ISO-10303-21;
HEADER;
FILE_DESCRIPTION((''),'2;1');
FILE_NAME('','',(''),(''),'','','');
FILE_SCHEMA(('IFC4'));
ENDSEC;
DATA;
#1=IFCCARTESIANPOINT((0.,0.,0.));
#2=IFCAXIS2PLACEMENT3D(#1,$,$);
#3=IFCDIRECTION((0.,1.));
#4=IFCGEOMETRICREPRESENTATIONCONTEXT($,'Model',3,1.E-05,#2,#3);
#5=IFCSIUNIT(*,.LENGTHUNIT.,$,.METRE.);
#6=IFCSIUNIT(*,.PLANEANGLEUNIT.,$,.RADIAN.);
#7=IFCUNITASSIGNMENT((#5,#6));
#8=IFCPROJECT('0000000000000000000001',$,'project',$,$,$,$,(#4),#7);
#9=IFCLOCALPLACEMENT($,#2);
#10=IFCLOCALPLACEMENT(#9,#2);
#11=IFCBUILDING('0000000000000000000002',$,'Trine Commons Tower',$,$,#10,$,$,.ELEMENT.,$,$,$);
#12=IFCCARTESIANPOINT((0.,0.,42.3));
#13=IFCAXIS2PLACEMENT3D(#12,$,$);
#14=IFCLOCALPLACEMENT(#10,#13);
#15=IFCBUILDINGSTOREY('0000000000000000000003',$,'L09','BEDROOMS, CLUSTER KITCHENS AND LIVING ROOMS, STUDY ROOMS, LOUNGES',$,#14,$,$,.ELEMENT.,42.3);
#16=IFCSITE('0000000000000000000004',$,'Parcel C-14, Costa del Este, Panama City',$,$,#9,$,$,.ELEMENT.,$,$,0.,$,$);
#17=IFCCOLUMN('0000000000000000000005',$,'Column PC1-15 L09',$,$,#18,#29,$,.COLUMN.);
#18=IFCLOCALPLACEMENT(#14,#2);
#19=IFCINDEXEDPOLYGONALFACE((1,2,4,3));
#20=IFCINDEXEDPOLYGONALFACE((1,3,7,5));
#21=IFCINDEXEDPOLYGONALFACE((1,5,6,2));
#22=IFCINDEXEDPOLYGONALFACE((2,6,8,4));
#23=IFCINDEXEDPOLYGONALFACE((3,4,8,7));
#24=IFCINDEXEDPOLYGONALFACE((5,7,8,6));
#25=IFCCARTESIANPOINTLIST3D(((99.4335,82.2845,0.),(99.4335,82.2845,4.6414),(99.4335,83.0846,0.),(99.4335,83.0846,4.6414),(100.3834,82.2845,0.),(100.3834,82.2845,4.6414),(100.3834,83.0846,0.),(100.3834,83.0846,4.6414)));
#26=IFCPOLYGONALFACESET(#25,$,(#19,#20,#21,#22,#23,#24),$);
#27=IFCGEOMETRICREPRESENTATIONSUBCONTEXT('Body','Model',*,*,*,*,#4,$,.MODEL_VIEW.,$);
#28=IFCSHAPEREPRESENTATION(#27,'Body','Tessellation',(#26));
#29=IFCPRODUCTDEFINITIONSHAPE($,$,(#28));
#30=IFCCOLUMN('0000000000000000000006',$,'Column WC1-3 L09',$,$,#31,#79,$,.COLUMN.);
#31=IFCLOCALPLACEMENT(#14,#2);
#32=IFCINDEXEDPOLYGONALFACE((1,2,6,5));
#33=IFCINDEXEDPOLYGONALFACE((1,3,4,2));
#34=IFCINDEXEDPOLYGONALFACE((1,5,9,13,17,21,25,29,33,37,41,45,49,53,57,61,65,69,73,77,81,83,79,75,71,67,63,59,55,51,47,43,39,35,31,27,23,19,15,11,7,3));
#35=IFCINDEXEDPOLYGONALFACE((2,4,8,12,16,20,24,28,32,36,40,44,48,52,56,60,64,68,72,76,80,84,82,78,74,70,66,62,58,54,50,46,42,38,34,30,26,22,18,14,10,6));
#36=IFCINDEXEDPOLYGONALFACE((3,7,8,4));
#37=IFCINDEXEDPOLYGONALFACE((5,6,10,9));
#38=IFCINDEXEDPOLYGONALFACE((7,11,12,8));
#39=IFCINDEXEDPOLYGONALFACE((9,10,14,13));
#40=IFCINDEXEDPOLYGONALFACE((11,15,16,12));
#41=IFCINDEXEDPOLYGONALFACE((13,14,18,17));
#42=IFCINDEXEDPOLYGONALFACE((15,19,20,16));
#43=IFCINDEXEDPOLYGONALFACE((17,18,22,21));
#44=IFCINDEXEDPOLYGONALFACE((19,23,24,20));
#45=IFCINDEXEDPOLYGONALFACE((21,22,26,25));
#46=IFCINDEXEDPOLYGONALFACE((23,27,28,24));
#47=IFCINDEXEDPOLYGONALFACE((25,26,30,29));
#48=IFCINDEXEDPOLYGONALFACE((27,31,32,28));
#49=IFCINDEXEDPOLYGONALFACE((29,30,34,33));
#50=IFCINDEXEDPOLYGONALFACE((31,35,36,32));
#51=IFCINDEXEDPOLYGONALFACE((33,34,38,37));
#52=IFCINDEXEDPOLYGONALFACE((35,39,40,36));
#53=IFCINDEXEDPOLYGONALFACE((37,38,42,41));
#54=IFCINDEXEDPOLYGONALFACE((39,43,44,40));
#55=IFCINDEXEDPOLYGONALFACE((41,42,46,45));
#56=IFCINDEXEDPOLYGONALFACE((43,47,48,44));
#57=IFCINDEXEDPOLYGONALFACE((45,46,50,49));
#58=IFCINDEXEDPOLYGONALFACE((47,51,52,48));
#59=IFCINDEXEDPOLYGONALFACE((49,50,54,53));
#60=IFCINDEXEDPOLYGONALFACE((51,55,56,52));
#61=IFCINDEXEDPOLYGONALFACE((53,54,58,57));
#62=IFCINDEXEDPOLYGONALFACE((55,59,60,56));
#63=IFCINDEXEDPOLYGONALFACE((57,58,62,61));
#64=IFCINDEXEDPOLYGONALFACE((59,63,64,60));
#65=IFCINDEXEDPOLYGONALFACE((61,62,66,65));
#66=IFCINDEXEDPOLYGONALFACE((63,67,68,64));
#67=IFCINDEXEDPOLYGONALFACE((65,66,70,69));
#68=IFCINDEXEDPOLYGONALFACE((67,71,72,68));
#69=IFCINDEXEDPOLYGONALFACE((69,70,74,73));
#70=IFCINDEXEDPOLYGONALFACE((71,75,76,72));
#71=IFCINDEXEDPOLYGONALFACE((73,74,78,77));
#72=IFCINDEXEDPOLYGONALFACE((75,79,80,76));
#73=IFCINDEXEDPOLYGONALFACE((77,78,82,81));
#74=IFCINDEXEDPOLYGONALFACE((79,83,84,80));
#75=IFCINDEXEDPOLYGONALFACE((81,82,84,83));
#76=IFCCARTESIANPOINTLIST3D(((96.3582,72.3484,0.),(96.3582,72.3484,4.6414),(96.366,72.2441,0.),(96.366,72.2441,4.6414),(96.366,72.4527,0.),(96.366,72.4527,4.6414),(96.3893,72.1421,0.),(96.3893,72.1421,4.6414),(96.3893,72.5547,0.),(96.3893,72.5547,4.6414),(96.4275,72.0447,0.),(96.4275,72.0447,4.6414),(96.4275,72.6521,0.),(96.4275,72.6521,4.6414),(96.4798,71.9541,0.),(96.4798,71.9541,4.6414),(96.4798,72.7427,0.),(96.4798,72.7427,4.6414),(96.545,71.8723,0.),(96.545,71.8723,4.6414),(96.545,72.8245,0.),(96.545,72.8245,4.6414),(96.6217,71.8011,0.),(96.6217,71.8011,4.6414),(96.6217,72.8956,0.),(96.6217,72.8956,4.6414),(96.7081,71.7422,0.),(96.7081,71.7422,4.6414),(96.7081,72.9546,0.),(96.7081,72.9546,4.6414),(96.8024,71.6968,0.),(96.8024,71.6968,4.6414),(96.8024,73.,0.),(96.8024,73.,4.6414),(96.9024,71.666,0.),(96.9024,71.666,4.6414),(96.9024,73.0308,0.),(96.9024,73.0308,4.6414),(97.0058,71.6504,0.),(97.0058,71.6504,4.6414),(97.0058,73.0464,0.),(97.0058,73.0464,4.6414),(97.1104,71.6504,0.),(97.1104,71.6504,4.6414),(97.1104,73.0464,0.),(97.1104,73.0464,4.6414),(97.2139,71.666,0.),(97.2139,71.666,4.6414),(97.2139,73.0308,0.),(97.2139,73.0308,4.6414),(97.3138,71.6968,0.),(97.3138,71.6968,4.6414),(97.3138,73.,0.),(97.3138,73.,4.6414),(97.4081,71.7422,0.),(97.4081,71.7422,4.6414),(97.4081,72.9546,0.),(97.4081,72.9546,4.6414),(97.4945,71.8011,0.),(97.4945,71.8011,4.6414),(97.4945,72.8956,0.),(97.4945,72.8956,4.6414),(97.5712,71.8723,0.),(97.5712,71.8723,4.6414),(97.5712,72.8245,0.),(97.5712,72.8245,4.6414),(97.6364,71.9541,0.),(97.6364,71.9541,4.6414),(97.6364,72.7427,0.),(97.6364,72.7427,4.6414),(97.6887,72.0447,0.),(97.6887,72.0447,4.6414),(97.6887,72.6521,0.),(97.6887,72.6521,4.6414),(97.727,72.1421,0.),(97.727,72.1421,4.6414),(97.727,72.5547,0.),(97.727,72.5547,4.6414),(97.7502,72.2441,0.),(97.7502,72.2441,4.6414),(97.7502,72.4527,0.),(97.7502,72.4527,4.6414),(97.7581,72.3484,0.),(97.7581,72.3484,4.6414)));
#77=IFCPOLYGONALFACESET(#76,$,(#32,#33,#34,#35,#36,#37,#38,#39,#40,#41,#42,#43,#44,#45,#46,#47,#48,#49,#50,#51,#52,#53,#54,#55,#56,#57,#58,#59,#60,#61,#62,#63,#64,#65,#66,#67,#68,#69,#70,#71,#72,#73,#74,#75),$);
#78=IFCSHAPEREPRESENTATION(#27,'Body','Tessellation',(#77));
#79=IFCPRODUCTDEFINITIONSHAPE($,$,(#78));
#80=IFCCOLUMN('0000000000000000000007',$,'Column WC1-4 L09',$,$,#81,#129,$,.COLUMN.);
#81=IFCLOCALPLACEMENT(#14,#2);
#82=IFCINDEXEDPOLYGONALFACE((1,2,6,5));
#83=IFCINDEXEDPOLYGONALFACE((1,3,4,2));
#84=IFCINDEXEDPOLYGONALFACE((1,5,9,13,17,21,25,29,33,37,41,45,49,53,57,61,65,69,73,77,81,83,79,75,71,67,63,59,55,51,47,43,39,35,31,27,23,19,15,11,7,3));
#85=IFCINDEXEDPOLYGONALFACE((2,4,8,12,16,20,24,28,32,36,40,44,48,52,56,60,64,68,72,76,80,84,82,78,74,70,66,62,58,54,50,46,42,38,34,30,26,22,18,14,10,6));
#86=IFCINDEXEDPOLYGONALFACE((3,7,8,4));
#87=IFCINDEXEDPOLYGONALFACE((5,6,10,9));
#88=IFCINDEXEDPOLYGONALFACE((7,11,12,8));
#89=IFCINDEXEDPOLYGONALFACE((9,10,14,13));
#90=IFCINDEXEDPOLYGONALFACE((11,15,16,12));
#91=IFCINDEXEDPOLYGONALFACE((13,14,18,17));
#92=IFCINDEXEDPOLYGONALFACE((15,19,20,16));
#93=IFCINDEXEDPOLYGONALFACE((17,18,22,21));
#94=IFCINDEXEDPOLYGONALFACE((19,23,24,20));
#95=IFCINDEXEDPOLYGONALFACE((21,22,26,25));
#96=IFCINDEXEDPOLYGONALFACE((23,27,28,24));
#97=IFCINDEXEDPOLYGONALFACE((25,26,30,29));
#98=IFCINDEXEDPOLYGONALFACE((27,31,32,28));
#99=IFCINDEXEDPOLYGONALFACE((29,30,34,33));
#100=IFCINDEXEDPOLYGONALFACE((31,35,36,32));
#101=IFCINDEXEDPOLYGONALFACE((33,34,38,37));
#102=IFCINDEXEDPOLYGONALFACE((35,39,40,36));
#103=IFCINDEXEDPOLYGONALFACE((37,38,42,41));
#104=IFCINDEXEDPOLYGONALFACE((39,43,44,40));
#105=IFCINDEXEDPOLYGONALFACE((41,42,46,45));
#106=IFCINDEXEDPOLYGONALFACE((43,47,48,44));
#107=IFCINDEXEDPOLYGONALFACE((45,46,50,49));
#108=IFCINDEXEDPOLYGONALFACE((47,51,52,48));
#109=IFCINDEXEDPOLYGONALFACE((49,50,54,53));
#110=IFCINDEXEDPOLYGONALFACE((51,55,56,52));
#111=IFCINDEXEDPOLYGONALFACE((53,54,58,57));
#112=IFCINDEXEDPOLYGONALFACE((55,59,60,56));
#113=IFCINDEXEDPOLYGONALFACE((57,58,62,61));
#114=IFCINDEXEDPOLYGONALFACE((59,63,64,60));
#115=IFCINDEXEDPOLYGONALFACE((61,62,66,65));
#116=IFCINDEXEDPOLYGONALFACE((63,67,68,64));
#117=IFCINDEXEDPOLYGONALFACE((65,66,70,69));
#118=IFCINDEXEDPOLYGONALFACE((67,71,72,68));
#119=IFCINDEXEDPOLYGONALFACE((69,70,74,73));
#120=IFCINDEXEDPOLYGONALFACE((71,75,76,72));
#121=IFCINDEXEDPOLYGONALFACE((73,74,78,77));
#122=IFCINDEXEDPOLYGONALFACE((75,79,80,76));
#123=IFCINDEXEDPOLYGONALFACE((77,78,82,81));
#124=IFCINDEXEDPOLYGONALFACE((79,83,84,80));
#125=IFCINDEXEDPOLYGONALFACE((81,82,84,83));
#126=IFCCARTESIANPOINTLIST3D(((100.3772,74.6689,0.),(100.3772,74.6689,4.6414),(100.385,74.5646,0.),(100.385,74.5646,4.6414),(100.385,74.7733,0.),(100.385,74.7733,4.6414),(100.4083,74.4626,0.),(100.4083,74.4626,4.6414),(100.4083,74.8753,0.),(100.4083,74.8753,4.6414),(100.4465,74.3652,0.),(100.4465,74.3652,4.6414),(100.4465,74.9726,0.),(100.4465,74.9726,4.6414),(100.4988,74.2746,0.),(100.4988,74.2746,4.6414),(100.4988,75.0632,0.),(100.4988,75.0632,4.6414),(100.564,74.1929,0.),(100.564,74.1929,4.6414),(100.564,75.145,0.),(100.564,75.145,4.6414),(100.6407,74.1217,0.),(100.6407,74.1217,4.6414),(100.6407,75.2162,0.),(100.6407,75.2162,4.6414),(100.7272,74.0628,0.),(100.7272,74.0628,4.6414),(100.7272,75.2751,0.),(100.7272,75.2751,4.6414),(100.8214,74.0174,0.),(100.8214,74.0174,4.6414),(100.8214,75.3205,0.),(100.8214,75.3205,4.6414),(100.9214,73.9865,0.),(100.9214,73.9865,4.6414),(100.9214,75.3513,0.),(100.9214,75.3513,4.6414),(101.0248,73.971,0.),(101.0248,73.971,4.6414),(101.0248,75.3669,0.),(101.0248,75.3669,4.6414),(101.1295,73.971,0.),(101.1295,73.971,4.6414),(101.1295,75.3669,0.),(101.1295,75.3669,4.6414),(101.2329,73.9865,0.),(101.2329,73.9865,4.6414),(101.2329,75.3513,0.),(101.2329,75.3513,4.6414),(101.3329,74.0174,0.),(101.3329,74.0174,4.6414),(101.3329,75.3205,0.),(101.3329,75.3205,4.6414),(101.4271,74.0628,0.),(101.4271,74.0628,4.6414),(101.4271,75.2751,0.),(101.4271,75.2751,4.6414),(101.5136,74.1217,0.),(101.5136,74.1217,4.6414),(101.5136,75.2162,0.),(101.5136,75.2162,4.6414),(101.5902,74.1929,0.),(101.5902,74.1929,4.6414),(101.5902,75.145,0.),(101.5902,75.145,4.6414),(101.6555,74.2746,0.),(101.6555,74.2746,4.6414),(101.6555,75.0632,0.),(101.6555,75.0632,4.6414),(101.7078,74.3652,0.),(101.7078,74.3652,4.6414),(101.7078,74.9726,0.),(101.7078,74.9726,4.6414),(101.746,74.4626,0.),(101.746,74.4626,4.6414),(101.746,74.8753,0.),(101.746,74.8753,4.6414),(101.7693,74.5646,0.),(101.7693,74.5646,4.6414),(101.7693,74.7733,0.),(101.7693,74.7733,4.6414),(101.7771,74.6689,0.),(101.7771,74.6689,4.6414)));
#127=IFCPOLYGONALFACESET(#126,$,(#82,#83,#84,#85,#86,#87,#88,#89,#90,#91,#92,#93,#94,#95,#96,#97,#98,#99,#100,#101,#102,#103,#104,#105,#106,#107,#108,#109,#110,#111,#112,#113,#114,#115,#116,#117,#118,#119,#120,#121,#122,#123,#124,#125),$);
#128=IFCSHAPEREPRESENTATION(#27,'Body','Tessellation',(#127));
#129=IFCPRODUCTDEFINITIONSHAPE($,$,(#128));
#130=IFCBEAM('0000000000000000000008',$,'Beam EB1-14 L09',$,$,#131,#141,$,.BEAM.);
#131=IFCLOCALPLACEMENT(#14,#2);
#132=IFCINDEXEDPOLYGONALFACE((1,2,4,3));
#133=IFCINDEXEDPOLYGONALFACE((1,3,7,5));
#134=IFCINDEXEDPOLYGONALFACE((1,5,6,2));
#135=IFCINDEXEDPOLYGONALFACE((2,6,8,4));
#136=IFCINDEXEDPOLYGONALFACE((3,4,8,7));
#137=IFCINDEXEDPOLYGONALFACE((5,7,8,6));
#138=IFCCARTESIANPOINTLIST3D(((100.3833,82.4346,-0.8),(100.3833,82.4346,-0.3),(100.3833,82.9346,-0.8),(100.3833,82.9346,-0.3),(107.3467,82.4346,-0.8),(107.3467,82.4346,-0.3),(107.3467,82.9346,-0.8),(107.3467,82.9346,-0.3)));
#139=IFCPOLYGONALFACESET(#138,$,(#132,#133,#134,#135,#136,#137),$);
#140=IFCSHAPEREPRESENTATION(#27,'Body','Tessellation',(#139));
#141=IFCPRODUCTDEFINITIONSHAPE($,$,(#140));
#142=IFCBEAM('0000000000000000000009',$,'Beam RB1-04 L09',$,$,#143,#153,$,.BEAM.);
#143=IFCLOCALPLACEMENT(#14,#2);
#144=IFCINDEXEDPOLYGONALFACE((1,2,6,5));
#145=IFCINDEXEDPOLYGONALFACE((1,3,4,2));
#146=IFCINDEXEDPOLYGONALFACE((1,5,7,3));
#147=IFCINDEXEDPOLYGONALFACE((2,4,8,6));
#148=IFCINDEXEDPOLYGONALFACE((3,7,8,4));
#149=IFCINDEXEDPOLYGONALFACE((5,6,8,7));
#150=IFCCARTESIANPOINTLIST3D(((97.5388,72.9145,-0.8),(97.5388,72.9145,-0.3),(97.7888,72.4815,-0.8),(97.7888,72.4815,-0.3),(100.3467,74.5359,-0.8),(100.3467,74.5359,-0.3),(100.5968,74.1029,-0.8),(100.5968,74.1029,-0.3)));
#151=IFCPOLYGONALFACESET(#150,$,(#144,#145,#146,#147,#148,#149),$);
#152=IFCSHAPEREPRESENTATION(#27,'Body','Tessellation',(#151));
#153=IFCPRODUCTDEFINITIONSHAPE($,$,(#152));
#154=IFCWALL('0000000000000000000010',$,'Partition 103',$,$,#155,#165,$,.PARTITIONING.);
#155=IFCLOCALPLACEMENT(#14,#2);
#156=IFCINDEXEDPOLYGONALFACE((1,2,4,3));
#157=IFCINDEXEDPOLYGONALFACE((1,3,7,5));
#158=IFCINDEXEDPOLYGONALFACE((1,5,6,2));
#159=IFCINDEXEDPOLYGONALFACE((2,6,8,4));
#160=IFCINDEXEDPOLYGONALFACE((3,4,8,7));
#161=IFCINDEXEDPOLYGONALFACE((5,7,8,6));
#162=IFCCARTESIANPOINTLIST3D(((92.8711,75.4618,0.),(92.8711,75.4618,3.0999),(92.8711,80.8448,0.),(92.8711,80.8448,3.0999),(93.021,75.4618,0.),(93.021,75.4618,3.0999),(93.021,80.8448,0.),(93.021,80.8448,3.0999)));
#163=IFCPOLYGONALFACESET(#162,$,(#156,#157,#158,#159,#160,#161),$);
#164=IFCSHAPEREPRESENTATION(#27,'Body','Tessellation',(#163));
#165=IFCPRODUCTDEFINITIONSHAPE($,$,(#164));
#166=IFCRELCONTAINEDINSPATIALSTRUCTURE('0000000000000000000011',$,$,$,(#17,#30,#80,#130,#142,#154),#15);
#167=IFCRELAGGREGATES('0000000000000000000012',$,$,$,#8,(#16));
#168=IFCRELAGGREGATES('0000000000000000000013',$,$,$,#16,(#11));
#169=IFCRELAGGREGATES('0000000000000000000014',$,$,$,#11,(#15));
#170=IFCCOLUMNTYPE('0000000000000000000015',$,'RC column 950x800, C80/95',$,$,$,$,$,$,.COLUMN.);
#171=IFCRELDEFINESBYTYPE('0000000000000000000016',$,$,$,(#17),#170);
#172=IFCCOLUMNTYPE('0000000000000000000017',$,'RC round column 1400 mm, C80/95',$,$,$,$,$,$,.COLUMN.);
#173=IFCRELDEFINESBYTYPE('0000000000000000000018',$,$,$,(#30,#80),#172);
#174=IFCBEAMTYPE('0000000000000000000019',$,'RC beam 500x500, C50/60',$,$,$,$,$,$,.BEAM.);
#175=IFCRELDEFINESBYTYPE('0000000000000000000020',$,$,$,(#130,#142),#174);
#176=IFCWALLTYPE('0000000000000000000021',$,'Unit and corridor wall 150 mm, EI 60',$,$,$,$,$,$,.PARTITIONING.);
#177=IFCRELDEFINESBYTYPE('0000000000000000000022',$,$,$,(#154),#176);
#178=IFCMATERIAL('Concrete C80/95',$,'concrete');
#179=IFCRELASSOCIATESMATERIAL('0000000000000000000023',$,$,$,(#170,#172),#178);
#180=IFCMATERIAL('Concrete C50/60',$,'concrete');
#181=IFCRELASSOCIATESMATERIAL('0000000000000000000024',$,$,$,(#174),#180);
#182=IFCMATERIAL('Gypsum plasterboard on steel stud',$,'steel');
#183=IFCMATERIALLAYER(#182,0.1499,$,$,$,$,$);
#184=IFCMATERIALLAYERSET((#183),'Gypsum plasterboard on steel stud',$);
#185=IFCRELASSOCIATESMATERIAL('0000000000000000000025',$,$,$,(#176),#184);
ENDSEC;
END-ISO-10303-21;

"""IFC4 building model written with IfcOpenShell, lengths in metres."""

from ifc_helpers import new_model, si_unit, direction, frame, frame_2d, origin, origin_2d, place, context, subcontext, project, spatial, rectangle, circle, extrude, material, layer, layer_set, material_profile, profile_set, type_object, element, save


model = new_model("IFC4")

# Units and contexts
model_context = context("Model", 3, precision=1e-05, world=origin(), true_north=direction((0.0, 1.0)))
body_context = subcontext(model_context, "Body", "Model", "MODEL_VIEW")
ifc_project = project(units=[si_unit("LENGTHUNIT", "METRE"), si_unit("PLANEANGLEUNIT", "RADIAN")], contexts=[model_context])

# Site, building, storey
site_placement = place(None, origin())
site = spatial("IfcSite", under=ifc_project, at=site_placement, Name="Parcel C-14, Costa del Este, Panama City", CompositionType="ELEMENT", RefElevation=0.0)
building_placement = place(site_placement, origin())
building = spatial("IfcBuilding", under=site, at=building_placement, Name="Trine Commons Tower", CompositionType="ELEMENT")
storey_placement = place(building_placement, frame((0.0, 0.0, 42.3)))
storey = spatial("IfcBuildingStorey", under=building, at=storey_placement, Name="L09", Description="BEDROOMS, CLUSTER KITCHENS AND LIVING ROOMS, STUDY ROOMS, LOUNGES", CompositionType="ELEMENT", Elevation=42.3)

# Columns
ifc_material_1 = material(Name="Concrete C80/95", Category="concrete")
ifc_material_profile_1 = material_profile(ifc_material_1, rectangle(XDim=0.95, YDim=0.8, at=origin_2d()), Name="RC 950x800")
ifc_profile_set_1 = profile_set([ifc_material_profile_1], Name="Concrete C80/95")
column_type_1 = type_object("IfcColumnType", Name="RC column 950x800, C80/95", PredefinedType="COLUMN", material=ifc_profile_set_1)
column_placement = place(storey_placement, frame((99.9084, 82.6846, 0.0), z_axis=(0.0, 0.0, 1.0), x_axis=(1.0, 0.0, 0.0)))
element("IfcColumn", 1, at=column_placement, inside=storey, type_object=column_type_1, Name="Column PC1-15 L09", PredefinedType="COLUMN", context=body_context, shape_type="SweptSolid", body=[
    extrude(rectangle(XDim=0.95, YDim=0.8, at=origin_2d()), origin(), (0.0, 0.0, 1.0), 4.6414),
])
ifc_material_profile_2 = material_profile(ifc_material_1, circle(Radius=0.7, at=origin_2d()), Name="RC round 1400")
ifc_profile_set_2 = profile_set([ifc_material_profile_2], Name="Concrete C80/95")
column_type_2 = type_object("IfcColumnType", Name="RC round column 1400 mm, C80/95", PredefinedType="COLUMN", material=ifc_profile_set_2)
for number, where, z_axis, x_axis, name in (
    (2, (97.0581, 72.3484, 0.0), (0.0, 0.0, 1.0), (1.0, 0.0, 0.0), "Column WC1-3 L09"),
    (3, (101.0771, 74.6689, 0.0), (0.0, 0.0, 1.0), (1.0, 0.0, 0.0), "Column WC1-4 L09"),
):
    element("IfcColumn", number, at=place(storey_placement, frame(where, z_axis=z_axis, x_axis=x_axis)), inside=storey, type_object=column_type_2, Name=name, PredefinedType="COLUMN", context=body_context, shape_type="SweptSolid", body=[
        extrude(circle(Radius=0.7, at=origin_2d()), origin(), (0.0, 0.0, 1.0), 4.6414),
    ])

# Beams
ifc_material_2 = material(Name="Concrete C50/60", Category="concrete")
ifc_material_profile_3 = material_profile(ifc_material_2, rectangle(XDim=0.5, YDim=0.5, at=origin_2d()), Name="RC 500x500")
ifc_profile_set_3 = profile_set([ifc_material_profile_3], Name="Concrete C50/60")
beam_type = type_object("IfcBeamType", Name="RC beam 500x500, C50/60", PredefinedType="BEAM", material=ifc_profile_set_3)
beam_1_placement = place(storey_placement, frame((100.3833, 82.6846, -0.55), z_axis=(1.0, 0.0, 0.0), x_axis=(0.0, 1.0, 0.0)))
element("IfcBeam", 4, at=beam_1_placement, inside=storey, type_object=beam_type, Name="Beam EB1-14 L09", PredefinedType="BEAM", context=body_context, shape_type="SweptSolid", body=[
    extrude(rectangle(XDim=0.5, YDim=0.5, at=origin_2d()), origin(), (0.0, 0.0, 1.0), 6.9634),
])
beam_2_placement = place(storey_placement, frame((97.6638, 72.698, -0.55), z_axis=(0.865996, 0.500051, 0.0), x_axis=(-0.500051, 0.865996, 0.0)))
element("IfcBeam", 5, at=beam_2_placement, inside=storey, type_object=beam_type, Name="Beam RB1-04 L09", PredefinedType="BEAM", context=body_context, shape_type="SweptSolid", body=[
    extrude(rectangle(XDim=0.5, YDim=0.5, at=origin_2d()), origin(), (0.0, 0.0, 1.0), 3.2424),
])

# Wall
ifc_material_3 = material(Name="Gypsum plasterboard on steel stud", Category="steel")
ifc_layer_1 = layer(ifc_material_3, 0.1499)
ifc_layer_set_1 = layer_set([ifc_layer_1], Name="Gypsum plasterboard on steel stud")
wall_type_1 = type_object("IfcWallType", Name="Unit and corridor wall 150 mm, EI 60", PredefinedType="PARTITIONING", material=ifc_layer_set_1)
wall_1_placement = place(storey_placement, frame((92.946, 75.4619, 0.0), z_axis=(0.0, 0.0, 1.0), x_axis=(0.0, 1.0, 0.0)))
element("IfcWall", 6, at=wall_1_placement, inside=storey, type_object=wall_type_1, Name="Partition 103", PredefinedType="PARTITIONING", context=body_context, shape_type="SweptSolid", body=[
    extrude(rectangle(XDim=5.3831, YDim=0.1499, at=frame_2d((2.6914, 0.0))), origin(), (0.0, 0.0, 1.0), 3.0999),
])

save(model, "model.ifc")
